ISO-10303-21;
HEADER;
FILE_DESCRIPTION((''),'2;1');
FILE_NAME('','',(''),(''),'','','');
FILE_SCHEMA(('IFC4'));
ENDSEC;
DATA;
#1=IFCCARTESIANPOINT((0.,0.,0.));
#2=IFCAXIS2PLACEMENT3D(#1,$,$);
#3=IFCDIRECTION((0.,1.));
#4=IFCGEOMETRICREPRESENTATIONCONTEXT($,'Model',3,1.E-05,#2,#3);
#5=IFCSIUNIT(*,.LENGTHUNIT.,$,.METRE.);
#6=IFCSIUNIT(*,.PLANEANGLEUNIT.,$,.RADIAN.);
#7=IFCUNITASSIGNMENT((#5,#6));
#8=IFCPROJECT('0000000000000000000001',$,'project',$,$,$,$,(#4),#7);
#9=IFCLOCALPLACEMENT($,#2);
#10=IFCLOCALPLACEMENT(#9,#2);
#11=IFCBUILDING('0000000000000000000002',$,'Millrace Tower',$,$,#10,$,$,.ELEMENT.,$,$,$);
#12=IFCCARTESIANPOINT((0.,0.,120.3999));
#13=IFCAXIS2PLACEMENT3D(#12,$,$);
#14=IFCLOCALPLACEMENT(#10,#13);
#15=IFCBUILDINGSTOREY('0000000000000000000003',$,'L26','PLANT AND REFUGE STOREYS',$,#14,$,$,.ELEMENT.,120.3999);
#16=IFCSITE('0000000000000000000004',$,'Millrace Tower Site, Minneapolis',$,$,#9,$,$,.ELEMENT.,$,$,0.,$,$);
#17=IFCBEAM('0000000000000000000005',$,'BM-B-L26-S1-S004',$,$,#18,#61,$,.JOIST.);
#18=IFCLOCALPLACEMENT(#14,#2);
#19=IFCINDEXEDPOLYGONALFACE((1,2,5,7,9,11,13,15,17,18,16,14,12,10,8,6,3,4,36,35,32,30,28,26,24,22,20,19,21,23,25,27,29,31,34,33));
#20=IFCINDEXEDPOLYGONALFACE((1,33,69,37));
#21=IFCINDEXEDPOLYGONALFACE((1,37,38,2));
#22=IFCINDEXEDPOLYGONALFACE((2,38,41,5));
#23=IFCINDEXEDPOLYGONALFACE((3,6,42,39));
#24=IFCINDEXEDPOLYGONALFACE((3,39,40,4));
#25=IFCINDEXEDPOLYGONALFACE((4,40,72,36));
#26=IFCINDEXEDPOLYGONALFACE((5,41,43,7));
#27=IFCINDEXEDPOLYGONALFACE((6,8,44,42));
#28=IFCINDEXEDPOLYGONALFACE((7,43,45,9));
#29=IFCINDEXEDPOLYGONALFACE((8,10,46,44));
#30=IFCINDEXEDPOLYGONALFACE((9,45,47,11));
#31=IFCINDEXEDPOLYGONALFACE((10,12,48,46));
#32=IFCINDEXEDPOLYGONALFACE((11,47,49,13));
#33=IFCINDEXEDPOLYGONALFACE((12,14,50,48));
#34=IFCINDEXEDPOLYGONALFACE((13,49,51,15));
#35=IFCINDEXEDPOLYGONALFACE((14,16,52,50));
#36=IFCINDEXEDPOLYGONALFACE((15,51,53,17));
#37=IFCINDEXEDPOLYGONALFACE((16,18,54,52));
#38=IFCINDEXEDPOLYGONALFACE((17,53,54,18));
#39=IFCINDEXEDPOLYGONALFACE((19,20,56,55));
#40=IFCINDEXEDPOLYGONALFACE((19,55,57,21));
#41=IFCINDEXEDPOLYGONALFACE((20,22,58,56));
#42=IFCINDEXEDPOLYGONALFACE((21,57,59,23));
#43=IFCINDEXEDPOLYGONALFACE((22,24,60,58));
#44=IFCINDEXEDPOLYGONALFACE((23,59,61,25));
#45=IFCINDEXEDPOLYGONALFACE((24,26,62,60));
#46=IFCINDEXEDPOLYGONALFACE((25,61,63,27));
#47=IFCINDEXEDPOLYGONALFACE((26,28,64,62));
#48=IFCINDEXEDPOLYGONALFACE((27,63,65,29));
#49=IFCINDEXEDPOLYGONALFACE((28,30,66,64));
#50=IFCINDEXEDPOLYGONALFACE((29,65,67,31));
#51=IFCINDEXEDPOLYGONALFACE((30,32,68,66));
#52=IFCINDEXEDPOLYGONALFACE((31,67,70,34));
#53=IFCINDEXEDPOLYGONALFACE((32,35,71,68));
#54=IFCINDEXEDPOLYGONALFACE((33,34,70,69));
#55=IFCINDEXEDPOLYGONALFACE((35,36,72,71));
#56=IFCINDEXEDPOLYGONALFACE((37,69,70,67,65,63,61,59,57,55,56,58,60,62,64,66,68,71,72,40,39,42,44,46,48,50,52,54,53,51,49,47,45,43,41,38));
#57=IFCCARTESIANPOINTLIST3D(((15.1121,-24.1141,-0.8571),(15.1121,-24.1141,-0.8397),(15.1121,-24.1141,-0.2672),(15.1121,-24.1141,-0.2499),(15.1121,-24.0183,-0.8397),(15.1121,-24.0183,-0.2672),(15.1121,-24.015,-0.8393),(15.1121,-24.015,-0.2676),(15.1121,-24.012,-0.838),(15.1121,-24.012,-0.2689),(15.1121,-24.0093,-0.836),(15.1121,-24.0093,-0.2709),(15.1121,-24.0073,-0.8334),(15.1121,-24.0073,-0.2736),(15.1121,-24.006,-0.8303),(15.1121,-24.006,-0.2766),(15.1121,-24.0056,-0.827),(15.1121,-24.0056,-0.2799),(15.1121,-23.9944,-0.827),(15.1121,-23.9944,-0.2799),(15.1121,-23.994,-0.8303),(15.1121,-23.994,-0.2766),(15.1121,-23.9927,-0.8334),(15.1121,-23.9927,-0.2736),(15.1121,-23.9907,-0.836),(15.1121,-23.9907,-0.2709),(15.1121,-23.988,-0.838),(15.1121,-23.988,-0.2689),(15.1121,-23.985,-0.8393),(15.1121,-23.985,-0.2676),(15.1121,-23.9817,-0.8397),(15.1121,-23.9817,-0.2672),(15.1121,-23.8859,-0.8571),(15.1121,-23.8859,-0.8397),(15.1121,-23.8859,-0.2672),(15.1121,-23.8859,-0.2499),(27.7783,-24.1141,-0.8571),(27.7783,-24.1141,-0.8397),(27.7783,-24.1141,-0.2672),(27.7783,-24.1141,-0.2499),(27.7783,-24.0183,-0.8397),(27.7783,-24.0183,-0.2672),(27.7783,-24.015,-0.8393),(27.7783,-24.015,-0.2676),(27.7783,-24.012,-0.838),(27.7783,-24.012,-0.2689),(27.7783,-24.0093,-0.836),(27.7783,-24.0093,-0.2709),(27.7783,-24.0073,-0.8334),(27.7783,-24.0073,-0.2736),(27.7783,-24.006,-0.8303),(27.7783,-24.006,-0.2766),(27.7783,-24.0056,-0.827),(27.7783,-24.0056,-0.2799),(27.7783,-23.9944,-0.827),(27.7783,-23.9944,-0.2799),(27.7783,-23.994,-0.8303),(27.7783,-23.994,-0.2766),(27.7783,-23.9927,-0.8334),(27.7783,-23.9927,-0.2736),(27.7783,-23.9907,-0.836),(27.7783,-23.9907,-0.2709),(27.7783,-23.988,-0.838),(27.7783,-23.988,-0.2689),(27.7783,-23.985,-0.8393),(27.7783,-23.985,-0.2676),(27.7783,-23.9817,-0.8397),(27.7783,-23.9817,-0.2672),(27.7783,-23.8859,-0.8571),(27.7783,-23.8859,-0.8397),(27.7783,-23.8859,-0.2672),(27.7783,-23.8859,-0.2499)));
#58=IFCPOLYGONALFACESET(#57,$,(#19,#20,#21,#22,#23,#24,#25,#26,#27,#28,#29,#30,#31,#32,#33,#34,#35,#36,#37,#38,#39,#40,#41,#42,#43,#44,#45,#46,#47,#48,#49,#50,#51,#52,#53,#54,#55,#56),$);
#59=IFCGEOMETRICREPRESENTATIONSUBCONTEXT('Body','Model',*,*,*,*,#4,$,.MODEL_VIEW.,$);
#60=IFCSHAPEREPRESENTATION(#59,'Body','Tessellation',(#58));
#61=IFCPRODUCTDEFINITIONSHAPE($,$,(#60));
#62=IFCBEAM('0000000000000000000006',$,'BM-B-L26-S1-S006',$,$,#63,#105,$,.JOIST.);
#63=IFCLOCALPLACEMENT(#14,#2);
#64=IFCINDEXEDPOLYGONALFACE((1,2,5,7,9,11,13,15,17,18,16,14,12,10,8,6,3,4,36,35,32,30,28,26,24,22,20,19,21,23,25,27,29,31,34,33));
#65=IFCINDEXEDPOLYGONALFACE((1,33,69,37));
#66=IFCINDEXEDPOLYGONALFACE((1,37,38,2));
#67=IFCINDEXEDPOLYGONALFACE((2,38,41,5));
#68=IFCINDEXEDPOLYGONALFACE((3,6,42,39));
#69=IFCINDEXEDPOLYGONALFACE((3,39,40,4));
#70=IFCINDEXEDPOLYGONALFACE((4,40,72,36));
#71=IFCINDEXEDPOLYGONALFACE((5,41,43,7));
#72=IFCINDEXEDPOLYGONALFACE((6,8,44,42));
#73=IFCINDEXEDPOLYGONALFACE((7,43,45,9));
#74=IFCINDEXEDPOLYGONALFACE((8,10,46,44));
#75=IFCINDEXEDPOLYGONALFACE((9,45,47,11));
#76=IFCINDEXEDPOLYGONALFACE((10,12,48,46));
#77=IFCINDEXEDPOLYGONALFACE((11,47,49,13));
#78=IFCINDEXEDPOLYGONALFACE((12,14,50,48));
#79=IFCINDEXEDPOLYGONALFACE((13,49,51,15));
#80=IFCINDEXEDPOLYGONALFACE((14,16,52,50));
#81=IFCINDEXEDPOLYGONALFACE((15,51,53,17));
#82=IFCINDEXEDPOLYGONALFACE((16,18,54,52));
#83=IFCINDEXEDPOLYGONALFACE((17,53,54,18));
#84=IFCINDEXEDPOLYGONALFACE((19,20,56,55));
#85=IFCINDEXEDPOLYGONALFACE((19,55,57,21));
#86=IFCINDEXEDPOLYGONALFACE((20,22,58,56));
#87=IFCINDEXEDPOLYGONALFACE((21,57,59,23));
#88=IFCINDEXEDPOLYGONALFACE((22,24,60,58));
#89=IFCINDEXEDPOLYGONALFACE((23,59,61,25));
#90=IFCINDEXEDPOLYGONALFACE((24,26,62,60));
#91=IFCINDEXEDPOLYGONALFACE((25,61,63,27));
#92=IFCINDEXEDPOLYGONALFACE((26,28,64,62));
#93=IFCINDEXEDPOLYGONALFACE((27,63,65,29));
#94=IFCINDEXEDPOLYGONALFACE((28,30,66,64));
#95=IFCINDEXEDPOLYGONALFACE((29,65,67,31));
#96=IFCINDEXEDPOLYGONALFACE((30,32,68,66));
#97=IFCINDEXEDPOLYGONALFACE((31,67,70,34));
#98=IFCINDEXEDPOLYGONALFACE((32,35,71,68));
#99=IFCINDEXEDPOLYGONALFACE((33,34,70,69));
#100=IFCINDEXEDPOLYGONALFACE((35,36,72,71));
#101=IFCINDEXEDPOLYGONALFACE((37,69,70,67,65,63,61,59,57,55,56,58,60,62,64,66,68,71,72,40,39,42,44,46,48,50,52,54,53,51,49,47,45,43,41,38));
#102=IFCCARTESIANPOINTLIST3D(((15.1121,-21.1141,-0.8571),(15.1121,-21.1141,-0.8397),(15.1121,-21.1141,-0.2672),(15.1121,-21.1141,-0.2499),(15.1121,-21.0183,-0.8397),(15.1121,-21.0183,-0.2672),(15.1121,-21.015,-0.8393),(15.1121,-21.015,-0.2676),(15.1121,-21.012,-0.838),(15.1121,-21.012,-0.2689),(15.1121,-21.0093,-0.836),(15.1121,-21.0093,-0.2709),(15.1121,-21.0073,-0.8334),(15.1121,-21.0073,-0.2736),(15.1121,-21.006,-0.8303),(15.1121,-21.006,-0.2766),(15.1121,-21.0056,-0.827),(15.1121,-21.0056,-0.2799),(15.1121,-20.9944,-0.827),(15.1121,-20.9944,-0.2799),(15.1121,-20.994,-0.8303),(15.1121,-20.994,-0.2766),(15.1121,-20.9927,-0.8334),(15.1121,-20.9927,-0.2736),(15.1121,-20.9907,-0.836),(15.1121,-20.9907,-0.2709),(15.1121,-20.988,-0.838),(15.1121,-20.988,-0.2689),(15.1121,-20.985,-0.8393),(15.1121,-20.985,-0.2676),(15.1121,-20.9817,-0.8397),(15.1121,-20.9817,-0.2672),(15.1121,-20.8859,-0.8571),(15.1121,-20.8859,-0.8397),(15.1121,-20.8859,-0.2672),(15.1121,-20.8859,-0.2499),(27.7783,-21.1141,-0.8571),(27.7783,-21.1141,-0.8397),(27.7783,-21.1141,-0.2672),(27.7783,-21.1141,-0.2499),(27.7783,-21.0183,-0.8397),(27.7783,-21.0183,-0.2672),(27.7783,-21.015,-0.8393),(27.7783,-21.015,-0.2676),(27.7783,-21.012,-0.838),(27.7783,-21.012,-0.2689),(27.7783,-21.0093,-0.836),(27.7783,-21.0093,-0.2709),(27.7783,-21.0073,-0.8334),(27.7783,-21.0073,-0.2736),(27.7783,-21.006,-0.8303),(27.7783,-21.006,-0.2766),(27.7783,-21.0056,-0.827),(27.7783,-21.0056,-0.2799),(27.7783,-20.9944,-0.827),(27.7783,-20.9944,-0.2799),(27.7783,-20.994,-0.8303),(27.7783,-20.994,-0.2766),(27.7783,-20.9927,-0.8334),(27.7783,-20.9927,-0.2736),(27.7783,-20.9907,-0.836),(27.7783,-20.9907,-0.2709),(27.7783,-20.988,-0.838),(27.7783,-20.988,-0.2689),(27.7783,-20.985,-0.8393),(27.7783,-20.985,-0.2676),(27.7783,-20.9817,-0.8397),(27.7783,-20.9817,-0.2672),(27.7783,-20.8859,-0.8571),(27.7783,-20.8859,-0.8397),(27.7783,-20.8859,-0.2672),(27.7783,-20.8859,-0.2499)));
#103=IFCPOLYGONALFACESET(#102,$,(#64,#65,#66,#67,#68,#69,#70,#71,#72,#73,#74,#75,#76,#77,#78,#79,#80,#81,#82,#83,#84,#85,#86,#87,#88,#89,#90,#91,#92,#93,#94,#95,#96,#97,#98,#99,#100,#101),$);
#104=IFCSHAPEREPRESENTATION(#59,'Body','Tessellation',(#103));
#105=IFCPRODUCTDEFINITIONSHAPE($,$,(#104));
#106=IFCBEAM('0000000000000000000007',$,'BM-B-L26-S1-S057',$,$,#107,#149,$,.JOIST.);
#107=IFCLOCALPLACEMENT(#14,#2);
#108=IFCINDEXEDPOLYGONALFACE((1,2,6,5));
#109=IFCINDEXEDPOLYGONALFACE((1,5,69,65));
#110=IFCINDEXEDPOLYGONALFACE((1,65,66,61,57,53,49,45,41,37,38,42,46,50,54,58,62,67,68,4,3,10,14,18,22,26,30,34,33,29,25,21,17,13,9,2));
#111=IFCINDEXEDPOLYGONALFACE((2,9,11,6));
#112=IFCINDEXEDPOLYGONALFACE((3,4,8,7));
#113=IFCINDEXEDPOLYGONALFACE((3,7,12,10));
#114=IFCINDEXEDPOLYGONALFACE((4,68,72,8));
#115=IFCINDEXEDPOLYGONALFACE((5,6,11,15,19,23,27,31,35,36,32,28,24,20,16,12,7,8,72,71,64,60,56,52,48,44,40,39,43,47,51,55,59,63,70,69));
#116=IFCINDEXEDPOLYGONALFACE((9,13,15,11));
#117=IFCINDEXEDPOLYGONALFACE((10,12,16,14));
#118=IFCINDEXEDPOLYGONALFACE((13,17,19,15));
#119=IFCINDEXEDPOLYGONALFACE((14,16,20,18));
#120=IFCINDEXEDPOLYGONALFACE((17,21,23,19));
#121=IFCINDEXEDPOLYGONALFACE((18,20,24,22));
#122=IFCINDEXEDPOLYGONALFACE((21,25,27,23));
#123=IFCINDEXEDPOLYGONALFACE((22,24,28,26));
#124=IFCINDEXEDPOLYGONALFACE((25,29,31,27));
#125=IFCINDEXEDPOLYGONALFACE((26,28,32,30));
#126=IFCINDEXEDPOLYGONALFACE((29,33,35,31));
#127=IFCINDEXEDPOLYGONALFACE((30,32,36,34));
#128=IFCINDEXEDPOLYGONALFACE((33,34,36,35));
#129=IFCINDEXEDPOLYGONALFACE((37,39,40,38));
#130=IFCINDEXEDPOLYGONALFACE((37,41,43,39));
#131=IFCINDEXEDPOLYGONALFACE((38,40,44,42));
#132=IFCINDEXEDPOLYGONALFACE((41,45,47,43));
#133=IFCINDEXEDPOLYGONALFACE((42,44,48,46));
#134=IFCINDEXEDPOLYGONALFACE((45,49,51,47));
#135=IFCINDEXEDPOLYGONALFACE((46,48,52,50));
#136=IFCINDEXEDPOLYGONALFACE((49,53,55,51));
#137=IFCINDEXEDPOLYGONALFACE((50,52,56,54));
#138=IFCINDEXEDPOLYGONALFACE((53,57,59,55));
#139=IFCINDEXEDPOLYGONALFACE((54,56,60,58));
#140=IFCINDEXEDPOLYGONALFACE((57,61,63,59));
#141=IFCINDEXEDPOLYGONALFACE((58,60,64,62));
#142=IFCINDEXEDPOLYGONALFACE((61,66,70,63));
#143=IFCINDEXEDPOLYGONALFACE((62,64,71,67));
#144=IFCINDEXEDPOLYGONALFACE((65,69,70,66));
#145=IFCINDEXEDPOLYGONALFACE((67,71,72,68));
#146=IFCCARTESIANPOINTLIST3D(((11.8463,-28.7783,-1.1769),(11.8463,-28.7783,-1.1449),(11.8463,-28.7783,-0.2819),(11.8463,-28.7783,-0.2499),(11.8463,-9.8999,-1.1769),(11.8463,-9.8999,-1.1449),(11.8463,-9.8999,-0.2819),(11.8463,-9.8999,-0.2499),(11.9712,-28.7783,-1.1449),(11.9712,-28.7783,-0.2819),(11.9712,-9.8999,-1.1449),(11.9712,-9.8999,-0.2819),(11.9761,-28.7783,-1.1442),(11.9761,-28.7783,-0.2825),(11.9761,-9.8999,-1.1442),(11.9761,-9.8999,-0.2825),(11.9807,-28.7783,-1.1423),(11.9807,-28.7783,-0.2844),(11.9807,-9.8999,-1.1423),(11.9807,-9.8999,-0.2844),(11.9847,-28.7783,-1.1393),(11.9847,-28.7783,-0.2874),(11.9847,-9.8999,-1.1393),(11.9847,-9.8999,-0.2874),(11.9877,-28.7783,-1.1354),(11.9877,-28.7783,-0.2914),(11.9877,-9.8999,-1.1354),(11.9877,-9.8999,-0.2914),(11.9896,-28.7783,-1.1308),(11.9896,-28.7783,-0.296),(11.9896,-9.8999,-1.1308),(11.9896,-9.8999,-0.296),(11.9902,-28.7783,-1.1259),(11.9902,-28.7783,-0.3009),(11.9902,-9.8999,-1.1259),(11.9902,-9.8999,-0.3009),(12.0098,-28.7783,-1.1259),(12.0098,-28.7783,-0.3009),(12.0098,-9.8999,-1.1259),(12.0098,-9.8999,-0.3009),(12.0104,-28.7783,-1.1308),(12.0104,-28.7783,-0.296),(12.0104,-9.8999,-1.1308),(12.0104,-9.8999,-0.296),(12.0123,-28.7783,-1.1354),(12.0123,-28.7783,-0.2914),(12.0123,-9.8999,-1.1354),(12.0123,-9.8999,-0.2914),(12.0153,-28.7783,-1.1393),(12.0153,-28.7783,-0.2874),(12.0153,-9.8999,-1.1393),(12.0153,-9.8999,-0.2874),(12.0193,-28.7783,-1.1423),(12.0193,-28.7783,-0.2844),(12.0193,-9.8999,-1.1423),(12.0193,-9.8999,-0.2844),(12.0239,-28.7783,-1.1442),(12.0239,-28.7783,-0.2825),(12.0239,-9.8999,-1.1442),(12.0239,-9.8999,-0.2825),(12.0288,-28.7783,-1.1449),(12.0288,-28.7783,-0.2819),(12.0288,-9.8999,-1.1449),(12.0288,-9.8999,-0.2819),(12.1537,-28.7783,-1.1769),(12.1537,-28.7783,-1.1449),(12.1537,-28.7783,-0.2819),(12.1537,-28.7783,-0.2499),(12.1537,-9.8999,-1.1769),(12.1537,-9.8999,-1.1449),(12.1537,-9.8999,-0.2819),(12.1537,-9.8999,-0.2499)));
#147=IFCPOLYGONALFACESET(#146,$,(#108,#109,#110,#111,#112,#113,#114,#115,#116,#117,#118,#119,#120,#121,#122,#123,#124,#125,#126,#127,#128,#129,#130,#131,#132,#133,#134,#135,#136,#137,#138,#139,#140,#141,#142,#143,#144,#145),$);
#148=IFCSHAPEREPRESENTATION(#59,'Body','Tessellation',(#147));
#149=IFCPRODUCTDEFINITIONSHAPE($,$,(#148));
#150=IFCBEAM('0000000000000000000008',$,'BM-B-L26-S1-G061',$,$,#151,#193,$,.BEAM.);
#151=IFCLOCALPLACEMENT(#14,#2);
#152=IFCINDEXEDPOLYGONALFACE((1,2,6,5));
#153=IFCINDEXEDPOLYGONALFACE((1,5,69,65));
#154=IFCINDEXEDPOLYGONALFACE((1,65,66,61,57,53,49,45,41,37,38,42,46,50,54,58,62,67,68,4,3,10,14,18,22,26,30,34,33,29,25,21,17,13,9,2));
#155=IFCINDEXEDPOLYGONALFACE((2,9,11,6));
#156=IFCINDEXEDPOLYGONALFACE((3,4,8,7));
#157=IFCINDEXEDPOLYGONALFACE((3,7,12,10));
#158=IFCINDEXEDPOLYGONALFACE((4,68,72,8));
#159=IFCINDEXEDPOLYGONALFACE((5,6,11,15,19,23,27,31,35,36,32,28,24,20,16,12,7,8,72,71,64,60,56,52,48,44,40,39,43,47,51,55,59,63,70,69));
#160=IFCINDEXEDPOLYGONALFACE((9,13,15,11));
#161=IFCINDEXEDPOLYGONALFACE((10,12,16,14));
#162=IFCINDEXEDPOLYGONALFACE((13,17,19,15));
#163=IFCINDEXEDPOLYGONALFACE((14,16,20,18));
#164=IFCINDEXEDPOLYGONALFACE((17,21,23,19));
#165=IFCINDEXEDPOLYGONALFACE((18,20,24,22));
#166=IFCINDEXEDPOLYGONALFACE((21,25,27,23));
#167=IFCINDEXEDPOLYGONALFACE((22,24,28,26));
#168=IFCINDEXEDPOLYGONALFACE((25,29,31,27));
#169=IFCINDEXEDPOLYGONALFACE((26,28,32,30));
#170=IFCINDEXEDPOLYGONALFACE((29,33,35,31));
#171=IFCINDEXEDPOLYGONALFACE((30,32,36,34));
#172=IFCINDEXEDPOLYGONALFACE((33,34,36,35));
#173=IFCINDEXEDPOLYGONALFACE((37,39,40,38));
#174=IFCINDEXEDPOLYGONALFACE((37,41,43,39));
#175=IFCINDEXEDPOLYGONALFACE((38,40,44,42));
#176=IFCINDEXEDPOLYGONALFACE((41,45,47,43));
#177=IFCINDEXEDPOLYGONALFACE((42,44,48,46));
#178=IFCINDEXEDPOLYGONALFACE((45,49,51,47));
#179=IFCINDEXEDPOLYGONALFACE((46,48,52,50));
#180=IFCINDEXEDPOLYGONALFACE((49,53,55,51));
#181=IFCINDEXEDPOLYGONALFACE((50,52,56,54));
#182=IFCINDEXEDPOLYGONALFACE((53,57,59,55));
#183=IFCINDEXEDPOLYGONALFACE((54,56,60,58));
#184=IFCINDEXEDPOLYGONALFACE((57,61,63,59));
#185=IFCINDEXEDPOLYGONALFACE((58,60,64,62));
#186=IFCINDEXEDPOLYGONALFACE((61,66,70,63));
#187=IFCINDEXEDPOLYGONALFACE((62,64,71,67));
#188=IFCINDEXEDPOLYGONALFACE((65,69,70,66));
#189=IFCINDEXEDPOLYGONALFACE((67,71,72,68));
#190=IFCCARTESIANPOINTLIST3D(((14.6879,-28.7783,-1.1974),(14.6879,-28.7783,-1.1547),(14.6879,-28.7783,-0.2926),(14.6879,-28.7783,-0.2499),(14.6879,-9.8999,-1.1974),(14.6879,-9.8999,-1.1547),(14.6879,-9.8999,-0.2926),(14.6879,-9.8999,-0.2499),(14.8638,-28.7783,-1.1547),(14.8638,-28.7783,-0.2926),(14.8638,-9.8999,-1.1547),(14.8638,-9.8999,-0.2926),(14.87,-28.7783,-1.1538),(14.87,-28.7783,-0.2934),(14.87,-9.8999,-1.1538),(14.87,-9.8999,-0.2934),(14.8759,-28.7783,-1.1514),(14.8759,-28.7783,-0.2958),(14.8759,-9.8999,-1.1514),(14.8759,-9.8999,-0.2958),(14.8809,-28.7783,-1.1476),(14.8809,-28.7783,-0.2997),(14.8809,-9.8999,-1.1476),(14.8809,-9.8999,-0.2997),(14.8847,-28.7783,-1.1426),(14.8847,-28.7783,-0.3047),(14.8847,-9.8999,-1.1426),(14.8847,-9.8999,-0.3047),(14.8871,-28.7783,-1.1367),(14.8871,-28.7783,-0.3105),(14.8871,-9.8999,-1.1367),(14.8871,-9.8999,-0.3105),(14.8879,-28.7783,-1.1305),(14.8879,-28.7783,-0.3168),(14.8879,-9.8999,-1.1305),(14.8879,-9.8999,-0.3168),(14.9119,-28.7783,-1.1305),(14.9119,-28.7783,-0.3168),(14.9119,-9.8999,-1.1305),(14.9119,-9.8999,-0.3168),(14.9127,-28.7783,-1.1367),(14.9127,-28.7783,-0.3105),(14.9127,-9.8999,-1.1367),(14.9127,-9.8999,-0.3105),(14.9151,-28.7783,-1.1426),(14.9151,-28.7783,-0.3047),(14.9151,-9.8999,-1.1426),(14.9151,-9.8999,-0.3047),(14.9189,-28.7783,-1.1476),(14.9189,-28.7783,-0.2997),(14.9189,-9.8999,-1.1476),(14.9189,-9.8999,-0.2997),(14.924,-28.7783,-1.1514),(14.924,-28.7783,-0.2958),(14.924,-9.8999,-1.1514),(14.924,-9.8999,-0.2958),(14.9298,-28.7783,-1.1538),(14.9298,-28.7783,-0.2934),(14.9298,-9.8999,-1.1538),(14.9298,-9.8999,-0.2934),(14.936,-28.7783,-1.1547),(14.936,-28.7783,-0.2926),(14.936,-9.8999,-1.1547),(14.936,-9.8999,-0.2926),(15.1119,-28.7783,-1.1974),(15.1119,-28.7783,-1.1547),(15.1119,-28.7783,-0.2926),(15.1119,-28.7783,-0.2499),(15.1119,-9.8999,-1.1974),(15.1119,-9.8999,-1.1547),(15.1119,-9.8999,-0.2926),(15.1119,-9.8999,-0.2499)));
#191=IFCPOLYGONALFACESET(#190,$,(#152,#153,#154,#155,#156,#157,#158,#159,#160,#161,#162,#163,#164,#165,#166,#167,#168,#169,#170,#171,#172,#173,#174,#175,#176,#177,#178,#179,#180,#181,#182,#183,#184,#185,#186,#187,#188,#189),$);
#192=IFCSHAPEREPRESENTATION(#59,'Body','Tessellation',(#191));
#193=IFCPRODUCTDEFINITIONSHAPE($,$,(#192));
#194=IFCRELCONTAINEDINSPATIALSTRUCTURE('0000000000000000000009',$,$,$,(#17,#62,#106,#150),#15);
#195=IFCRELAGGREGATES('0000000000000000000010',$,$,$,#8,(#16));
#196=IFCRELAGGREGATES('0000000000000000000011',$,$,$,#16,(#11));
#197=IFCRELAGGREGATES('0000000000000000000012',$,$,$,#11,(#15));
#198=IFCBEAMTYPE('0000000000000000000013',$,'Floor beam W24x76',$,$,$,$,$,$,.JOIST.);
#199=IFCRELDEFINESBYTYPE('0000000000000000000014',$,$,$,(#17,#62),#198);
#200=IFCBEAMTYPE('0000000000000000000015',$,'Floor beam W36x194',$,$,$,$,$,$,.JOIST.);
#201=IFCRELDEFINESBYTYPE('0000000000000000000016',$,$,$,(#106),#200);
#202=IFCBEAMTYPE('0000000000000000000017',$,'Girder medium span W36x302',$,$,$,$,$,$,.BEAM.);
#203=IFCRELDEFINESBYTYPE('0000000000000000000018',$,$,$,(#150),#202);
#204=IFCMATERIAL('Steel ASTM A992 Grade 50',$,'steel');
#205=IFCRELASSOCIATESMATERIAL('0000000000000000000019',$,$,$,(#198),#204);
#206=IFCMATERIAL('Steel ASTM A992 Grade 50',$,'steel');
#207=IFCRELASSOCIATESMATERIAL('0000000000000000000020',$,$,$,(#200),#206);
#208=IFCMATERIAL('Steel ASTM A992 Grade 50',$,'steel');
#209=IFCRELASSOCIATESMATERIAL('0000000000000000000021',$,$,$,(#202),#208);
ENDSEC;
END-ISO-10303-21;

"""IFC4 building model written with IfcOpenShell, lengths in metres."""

from ifc_helpers import new_model, si_unit, direction, frame, origin, origin_2d, place, context, subcontext, project, spatial, i_section, extrude, material, material_profile, profile_set, type_object, element, save


model = new_model("IFC4")

# Units and contexts
model_context = context("Model", 3, precision=1e-05, world=origin(), true_north=direction((0.0, 1.0)))
body_context = subcontext(model_context, "Body", "Model", "MODEL_VIEW")
ifc_project = project(units=[si_unit("LENGTHUNIT", "METRE"), si_unit("PLANEANGLEUNIT", "RADIAN")], contexts=[model_context])

# Site, building, storey
site_placement = place(None, origin())
site = spatial("IfcSite", under=ifc_project, at=site_placement, Name="Millrace Tower Site, Minneapolis", CompositionType="ELEMENT", RefElevation=0.0)
building_placement = place(site_placement, origin())
building = spatial("IfcBuilding", under=site, at=building_placement, Name="Millrace Tower", CompositionType="ELEMENT")
storey_placement = place(building_placement, frame((0.0, 0.0, 120.3999)))
storey = spatial("IfcBuildingStorey", under=building, at=storey_placement, Name="L26", Description="PLANT AND REFUGE STOREYS", CompositionType="ELEMENT", Elevation=120.3999)

# Beams
ifc_material_1 = material(Name="Steel ASTM A992 Grade 50", Category="steel")
ifc_material_profile_1 = material_profile(ifc_material_1, i_section(OverallWidth=0.2283, OverallDepth=0.6072, WebThickness=0.0112, FlangeThickness=0.0173, FilletRadius=0.0127, at=origin_2d()))
ifc_profile_set_1 = profile_set([ifc_material_profile_1], Name="Steel ASTM A992 Grade 50")
beam_type_1 = type_object("IfcBeamType", Name="Floor beam W24x76", PredefinedType="JOIST", material=ifc_profile_set_1)
for number, where, z_axis, x_axis, name in (
    (1, (15.1121, -24.0, -0.5535), (1.0, 0.0, 0.0), (0.0, 1.0, 0.0), "BM-B-L26-S1-S004"),
    (2, (15.1121, -21.0, -0.5535), (1.0, 0.0, 0.0), (0.0, 1.0, 0.0), "BM-B-L26-S1-S006"),
):
    element("IfcBeam", number, at=place(storey_placement, frame(where, z_axis=z_axis, x_axis=x_axis)), inside=storey, type_object=beam_type_1, Name=name, PredefinedType="JOIST", context=body_context, shape_type="SweptSolid", body=[
        extrude(i_section(OverallWidth=0.2283, OverallDepth=0.6072, WebThickness=0.0112, FlangeThickness=0.0173, FilletRadius=0.0127, at=origin_2d()), origin(), (0.0, 0.0, 1.0), 12.6663),
    ])
ifc_material_2 = material(Name="Steel ASTM A992 Grade 50", Category="steel")
ifc_material_profile_2 = material_profile(ifc_material_2, i_section(OverallWidth=0.3074, OverallDepth=0.927, WebThickness=0.0195, FlangeThickness=0.032, FilletRadius=0.019, at=origin_2d()))
ifc_profile_set_2 = profile_set([ifc_material_profile_2], Name="Steel ASTM A992 Grade 50")
beam_type_2 = type_object("IfcBeamType", Name="Floor beam W36x194", PredefinedType="JOIST", material=ifc_profile_set_2)
beam_1_placement = place(storey_placement, frame((12.0, -28.7783, -0.7134), z_axis=(0.0, 1.0, 0.0), x_axis=(-1.0, 0.0, 0.0)))
element("IfcBeam", 3, at=beam_1_placement, inside=storey, type_object=beam_type_2, Name="BM-B-L26-S1-S057", PredefinedType="JOIST", context=body_context, shape_type="SweptSolid", body=[
    extrude(i_section(OverallWidth=0.3074, OverallDepth=0.927, WebThickness=0.0195, FlangeThickness=0.032, FilletRadius=0.019, at=origin_2d()), origin(), (0.0, 0.0, 1.0), 18.8784),
])
ifc_material_3 = material(Name="Steel ASTM A992 Grade 50", Category="steel")
ifc_material_profile_3 = material_profile(ifc_material_3, i_section(OverallWidth=0.4241, OverallDepth=0.9475, WebThickness=0.0239, FlangeThickness=0.0427, FilletRadius=0.0242, at=origin_2d()))
ifc_profile_set_3 = profile_set([ifc_material_profile_3], Name="Steel ASTM A992 Grade 50")
beam_type_3 = type_object("IfcBeamType", Name="Girder medium span W36x302", PredefinedType="BEAM", material=ifc_profile_set_3)
beam_2_placement = place(storey_placement, frame((14.8999, -28.7783, -0.7236), z_axis=(0.0, 1.0, 0.0), x_axis=(-1.0, 0.0, 0.0)))
element("IfcBeam", 4, at=beam_2_placement, inside=storey, type_object=beam_type_3, Name="BM-B-L26-S1-G061", PredefinedType="BEAM", context=body_context, shape_type="SweptSolid", body=[
    extrude(i_section(OverallWidth=0.4241, OverallDepth=0.9475, WebThickness=0.0239, FlangeThickness=0.0427, FilletRadius=0.0242, at=origin_2d()), origin(), (0.0, 0.0, 1.0), 18.8784),
])

save(model, "model.ifc")
